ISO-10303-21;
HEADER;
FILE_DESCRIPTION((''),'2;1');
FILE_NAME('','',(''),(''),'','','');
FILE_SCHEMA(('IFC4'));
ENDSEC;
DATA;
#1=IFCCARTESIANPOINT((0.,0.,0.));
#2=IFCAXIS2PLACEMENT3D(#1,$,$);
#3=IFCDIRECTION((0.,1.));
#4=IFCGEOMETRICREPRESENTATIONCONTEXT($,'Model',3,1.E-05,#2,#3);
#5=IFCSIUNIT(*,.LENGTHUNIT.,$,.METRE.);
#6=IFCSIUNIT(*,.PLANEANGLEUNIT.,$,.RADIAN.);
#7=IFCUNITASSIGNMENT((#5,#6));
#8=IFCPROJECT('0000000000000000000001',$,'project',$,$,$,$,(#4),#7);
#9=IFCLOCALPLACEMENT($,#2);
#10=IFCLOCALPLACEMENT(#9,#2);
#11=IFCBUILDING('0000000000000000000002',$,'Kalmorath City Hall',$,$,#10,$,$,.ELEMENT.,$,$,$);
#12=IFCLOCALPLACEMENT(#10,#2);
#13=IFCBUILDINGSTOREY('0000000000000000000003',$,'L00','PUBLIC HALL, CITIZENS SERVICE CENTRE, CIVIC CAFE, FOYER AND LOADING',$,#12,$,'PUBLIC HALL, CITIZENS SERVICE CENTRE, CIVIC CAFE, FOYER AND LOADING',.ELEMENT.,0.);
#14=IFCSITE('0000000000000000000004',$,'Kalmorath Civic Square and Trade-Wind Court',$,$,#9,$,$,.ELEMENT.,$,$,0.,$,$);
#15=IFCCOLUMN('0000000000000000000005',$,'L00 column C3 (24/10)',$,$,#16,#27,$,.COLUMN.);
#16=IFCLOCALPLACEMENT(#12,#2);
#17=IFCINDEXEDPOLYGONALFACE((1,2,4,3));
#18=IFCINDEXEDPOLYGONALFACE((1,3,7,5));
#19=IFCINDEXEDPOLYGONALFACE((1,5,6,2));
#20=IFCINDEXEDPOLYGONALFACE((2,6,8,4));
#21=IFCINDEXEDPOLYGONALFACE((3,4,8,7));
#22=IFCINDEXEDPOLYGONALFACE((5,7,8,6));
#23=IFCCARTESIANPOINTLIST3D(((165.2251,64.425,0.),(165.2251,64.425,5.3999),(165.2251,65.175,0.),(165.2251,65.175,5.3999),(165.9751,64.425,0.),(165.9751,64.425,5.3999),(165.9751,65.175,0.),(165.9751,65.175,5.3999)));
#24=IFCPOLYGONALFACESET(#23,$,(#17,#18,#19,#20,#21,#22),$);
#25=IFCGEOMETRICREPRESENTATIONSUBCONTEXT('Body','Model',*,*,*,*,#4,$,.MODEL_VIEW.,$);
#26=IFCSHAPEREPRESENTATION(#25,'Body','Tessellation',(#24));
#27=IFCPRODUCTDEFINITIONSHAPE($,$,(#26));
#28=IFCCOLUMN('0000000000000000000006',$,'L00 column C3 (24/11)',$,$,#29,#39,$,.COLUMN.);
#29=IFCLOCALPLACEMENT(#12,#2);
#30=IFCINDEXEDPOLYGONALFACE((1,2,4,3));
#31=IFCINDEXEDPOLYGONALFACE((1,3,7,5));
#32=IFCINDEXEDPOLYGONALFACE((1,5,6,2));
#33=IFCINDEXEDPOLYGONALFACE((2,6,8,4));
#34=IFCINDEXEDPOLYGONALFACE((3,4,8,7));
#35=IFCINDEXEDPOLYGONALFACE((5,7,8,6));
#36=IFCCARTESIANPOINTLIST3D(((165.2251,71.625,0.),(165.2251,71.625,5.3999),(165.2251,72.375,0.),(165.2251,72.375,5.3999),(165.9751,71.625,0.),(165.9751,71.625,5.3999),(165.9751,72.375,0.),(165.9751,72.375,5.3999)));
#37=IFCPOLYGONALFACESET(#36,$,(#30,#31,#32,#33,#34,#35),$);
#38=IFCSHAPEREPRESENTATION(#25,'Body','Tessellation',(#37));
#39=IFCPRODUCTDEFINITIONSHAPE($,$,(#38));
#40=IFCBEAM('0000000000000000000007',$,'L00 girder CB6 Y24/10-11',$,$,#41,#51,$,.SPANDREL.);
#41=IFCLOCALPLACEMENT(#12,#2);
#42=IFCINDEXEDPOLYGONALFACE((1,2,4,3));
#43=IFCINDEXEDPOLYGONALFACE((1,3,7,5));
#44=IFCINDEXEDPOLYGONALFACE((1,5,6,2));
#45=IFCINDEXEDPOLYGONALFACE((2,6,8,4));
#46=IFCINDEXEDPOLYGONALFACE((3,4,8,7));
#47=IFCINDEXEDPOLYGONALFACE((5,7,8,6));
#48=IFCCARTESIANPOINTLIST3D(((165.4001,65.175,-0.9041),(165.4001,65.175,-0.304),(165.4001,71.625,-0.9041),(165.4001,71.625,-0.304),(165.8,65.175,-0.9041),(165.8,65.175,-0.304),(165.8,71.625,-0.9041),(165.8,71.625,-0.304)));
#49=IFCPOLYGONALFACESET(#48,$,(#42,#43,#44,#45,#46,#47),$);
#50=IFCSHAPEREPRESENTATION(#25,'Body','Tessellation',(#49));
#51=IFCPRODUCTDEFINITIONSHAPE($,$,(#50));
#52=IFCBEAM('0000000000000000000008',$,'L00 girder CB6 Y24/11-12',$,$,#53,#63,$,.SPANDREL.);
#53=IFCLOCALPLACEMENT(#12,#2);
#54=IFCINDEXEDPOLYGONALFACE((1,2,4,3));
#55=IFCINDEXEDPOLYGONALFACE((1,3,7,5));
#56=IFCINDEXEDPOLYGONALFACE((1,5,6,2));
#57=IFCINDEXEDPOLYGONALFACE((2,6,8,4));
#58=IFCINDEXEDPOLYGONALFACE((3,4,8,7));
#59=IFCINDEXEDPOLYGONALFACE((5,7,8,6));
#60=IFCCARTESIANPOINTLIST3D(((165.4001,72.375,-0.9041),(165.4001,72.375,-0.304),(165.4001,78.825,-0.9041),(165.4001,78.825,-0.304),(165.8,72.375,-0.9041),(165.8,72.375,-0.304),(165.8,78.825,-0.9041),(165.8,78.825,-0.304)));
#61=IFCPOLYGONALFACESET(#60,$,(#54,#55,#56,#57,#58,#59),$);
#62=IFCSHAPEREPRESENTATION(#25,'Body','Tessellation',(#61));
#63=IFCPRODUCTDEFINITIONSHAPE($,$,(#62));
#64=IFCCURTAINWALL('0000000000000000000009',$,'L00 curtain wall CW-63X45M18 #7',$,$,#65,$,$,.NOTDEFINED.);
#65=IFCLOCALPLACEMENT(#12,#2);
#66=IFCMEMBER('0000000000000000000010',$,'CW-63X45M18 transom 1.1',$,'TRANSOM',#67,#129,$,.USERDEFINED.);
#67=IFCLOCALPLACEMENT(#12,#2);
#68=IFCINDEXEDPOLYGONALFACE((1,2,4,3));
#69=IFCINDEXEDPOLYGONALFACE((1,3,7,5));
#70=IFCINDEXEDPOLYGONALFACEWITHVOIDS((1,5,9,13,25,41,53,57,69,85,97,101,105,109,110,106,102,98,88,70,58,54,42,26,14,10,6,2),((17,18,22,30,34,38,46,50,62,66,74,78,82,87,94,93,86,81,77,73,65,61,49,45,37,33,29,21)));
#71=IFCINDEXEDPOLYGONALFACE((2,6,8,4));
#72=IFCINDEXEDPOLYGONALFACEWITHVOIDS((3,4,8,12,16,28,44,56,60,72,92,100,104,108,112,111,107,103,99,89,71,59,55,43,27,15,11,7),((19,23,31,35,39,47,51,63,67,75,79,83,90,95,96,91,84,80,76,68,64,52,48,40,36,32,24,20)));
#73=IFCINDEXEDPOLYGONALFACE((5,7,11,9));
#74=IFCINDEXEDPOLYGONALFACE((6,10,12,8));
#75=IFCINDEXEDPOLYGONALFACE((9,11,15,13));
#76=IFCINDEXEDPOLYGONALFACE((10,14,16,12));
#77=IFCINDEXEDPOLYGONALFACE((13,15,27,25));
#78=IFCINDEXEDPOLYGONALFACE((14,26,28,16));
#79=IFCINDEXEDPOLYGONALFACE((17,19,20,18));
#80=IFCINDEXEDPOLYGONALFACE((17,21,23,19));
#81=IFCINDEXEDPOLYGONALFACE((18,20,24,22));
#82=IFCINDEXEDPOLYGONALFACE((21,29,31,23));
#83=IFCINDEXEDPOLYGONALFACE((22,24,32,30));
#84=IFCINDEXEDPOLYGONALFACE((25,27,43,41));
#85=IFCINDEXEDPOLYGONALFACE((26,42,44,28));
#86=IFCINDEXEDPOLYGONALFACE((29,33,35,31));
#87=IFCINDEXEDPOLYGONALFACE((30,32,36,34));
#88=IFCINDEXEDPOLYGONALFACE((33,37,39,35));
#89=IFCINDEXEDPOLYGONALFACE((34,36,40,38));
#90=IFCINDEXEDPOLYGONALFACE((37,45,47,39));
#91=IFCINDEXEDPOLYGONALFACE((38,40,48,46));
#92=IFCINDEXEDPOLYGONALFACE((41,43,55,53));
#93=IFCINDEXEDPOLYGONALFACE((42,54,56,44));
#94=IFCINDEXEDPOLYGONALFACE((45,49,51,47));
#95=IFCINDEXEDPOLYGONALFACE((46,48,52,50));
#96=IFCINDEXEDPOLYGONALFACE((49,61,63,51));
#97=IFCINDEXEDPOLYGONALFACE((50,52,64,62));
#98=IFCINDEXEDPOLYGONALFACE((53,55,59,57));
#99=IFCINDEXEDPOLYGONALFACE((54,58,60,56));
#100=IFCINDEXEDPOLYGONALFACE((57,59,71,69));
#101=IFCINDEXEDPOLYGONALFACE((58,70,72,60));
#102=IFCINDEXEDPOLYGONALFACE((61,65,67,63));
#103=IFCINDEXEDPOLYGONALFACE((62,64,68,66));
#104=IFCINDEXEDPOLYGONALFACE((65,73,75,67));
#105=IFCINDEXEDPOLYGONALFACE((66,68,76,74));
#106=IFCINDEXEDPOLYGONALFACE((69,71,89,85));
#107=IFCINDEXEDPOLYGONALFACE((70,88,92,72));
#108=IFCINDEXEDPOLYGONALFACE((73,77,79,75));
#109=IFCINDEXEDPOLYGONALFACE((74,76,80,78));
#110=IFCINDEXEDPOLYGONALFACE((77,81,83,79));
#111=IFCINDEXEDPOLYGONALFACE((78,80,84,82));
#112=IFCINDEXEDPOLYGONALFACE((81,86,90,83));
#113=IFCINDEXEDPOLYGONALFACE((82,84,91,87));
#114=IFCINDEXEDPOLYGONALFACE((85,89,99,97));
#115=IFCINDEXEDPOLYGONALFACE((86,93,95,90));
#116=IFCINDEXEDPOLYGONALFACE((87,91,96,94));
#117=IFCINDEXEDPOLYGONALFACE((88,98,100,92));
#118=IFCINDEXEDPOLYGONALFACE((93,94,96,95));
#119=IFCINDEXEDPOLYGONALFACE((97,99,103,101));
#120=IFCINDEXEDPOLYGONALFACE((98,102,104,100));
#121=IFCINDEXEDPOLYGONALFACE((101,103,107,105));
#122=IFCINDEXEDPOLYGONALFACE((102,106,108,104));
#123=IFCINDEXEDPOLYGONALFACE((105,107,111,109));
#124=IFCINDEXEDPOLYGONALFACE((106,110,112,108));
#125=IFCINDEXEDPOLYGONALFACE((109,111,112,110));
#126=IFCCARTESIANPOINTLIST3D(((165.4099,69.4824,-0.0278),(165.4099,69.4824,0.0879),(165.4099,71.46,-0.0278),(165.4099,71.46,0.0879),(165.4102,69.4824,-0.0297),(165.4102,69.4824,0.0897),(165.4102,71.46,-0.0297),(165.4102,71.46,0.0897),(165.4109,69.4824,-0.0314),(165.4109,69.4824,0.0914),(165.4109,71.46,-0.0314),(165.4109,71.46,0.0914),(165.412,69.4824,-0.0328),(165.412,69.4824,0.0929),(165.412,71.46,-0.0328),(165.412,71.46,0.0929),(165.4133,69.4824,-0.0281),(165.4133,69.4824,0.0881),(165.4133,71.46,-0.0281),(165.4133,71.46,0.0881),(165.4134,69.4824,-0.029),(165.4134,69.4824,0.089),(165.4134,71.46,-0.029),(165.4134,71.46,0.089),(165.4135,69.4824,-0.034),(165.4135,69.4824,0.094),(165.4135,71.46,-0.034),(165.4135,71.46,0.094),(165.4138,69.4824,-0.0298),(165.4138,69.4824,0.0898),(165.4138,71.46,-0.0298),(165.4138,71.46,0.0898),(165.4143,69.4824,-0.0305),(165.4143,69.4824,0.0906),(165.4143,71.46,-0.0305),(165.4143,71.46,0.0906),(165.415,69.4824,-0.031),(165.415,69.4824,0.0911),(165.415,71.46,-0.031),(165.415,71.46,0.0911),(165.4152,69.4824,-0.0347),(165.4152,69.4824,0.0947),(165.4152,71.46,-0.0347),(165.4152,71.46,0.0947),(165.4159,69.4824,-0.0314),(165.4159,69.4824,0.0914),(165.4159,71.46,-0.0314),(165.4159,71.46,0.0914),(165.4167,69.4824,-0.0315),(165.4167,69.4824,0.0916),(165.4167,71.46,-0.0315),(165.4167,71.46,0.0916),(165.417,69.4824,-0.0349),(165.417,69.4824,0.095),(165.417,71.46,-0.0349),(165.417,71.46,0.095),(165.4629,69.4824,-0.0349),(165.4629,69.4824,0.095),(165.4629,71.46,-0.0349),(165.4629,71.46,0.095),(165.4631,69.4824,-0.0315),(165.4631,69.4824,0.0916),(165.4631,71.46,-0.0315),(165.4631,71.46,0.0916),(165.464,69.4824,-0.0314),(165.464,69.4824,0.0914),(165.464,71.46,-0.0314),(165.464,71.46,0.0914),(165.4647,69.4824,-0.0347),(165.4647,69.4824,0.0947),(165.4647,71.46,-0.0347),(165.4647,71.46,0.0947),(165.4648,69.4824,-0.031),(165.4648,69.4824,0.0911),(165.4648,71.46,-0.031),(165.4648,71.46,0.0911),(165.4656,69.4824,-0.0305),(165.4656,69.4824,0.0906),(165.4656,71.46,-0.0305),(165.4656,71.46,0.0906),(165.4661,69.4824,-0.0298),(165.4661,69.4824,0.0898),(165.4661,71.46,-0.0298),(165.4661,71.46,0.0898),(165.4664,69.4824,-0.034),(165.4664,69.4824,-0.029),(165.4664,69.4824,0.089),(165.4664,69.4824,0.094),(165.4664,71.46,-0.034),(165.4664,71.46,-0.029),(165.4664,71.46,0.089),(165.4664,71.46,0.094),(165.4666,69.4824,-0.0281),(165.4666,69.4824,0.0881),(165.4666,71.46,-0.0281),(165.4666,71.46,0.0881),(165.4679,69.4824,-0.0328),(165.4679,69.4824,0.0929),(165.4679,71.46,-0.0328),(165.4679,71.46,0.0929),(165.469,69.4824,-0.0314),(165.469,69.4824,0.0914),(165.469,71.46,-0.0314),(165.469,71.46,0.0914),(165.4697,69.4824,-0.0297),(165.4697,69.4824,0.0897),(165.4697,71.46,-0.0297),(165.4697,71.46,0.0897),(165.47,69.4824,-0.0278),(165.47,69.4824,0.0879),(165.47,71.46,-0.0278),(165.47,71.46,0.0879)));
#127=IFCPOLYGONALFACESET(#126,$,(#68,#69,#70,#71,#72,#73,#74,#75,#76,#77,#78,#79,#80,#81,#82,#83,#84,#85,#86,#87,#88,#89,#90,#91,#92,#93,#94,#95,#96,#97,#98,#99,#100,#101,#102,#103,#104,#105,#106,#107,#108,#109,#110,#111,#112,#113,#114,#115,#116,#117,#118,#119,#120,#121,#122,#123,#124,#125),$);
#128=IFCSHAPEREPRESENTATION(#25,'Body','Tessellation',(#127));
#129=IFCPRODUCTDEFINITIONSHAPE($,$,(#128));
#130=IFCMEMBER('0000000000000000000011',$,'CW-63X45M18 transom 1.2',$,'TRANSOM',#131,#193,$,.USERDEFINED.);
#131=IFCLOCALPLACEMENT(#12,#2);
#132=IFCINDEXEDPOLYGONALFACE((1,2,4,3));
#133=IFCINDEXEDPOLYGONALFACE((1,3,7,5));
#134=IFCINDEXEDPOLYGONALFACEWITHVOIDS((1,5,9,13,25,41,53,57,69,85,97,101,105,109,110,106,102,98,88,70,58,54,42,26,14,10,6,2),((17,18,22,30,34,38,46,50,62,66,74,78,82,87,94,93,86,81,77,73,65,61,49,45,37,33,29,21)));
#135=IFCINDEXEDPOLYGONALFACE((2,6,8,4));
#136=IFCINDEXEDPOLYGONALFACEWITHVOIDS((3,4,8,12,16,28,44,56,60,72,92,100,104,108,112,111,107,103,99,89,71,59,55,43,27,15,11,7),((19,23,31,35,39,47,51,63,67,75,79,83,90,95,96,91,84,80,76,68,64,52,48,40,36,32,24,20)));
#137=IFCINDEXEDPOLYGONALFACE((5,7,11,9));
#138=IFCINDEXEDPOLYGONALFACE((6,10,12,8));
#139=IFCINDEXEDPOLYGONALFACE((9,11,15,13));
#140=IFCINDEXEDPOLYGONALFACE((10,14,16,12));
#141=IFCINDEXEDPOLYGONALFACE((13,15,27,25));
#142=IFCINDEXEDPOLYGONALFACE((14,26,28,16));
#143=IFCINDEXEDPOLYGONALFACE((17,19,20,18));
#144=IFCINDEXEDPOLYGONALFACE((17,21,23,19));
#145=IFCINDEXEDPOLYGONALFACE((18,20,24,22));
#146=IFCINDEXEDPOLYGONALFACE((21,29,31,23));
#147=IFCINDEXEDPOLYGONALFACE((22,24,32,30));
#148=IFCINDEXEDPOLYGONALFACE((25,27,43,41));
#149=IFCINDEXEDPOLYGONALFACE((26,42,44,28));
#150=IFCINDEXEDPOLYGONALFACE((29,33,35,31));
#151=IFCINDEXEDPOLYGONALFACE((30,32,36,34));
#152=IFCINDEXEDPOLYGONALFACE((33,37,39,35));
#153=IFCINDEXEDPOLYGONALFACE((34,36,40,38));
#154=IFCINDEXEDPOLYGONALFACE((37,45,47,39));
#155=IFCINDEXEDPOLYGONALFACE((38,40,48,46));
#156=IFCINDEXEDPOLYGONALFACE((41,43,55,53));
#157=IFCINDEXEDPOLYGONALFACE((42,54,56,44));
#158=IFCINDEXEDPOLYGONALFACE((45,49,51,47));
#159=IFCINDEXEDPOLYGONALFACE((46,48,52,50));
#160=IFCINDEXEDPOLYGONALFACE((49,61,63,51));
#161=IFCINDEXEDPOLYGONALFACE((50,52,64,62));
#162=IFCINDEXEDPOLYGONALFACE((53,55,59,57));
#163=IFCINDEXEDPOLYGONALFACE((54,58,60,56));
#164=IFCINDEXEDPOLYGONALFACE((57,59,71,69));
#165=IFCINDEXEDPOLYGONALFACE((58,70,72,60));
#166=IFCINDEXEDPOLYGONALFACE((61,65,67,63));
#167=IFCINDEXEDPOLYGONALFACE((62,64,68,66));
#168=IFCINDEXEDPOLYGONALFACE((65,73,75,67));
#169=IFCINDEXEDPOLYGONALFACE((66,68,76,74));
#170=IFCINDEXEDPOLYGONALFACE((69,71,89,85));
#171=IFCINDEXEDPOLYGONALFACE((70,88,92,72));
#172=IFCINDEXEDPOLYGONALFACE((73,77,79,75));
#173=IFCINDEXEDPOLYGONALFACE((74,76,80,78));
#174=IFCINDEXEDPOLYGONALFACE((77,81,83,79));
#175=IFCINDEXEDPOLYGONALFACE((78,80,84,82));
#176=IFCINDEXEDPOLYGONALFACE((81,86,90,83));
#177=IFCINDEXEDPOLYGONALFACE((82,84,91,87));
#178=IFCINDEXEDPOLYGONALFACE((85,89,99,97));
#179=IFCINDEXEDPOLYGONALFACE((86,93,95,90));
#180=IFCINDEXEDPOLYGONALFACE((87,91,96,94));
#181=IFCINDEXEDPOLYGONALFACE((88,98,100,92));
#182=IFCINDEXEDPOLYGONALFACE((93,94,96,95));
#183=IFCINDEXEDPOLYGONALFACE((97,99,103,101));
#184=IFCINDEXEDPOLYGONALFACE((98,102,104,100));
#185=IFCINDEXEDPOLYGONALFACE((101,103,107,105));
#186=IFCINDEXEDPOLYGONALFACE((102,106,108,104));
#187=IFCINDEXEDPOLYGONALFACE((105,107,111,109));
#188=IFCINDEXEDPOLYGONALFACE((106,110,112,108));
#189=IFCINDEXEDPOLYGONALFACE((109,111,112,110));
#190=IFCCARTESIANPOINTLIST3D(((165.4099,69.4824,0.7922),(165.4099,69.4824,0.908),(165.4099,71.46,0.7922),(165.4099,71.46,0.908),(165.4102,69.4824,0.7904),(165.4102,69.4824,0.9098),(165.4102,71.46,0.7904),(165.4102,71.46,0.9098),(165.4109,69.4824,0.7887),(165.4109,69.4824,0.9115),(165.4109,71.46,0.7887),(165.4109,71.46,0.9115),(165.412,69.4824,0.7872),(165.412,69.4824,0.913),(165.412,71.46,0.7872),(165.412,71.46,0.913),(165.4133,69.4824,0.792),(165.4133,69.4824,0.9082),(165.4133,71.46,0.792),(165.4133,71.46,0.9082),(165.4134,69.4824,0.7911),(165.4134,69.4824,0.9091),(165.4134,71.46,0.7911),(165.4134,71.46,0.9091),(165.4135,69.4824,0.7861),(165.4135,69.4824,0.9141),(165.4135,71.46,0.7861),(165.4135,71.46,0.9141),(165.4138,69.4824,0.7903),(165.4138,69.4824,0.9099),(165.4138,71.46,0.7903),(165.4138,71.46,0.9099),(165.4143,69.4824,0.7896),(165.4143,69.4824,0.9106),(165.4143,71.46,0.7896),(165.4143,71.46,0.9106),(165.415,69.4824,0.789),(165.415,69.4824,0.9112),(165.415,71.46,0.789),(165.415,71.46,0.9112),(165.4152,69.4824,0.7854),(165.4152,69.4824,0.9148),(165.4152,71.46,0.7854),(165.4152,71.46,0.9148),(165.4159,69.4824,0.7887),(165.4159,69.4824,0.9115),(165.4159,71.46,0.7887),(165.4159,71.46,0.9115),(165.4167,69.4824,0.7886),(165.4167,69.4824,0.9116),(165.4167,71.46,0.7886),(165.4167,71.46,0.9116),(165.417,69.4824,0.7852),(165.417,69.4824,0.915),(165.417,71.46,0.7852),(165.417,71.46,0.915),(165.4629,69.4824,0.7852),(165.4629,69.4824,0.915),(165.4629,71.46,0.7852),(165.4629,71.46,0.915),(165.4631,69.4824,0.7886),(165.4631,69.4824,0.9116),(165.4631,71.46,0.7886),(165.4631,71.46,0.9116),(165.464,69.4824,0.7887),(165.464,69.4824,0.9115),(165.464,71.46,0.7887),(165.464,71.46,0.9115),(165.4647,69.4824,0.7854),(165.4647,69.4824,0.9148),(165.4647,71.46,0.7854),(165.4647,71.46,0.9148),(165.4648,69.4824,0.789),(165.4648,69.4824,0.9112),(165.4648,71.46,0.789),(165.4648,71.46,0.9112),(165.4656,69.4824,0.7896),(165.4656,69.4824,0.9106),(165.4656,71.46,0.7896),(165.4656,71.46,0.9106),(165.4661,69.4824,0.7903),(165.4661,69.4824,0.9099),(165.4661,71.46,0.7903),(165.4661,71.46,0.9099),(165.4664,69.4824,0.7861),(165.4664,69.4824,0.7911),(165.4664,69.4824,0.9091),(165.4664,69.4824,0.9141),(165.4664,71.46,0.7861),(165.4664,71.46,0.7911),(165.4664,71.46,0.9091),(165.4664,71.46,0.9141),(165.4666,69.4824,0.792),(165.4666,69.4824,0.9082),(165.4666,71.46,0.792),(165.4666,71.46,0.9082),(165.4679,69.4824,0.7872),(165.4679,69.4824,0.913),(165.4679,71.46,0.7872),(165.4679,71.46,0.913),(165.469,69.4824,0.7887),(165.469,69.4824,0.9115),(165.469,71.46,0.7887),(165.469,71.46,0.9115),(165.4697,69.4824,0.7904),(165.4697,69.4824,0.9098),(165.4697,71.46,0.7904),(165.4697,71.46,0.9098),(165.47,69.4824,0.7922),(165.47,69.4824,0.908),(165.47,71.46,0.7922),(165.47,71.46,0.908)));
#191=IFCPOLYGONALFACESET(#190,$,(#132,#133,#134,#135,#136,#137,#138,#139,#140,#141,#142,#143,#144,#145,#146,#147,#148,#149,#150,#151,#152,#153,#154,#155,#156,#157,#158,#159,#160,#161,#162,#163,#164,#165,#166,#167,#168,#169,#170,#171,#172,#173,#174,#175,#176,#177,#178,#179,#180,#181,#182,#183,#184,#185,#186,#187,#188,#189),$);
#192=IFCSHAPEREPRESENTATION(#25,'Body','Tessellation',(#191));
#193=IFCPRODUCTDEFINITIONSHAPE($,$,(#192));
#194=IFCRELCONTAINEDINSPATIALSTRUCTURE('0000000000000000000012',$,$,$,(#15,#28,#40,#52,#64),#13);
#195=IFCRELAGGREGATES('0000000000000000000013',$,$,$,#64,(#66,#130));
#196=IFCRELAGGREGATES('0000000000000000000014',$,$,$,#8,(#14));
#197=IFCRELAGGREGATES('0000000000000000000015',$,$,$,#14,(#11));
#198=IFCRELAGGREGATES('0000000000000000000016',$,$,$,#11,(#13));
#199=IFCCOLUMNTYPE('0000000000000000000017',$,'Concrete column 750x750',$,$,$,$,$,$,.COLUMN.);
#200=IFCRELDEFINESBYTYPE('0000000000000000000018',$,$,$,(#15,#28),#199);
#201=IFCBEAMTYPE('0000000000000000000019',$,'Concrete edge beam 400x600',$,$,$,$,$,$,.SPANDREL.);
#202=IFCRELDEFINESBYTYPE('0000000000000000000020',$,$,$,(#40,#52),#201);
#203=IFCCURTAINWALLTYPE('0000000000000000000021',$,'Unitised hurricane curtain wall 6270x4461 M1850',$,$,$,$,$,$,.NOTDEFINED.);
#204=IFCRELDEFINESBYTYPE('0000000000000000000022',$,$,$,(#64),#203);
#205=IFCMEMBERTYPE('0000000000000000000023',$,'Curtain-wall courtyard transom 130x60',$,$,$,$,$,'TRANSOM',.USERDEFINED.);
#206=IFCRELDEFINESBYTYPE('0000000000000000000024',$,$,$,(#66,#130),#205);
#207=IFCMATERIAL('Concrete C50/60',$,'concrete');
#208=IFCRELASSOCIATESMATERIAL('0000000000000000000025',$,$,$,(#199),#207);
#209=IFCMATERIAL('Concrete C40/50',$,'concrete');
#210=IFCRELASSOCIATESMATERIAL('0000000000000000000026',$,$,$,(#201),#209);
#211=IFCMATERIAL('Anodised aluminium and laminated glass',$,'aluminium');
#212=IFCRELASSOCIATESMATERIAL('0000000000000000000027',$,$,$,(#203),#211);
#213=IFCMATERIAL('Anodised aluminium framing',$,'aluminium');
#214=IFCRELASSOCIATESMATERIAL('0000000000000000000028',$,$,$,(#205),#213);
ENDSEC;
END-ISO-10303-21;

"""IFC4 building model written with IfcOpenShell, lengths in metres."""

from ifc_helpers import new_model, si_unit, direction, frame, origin, origin_2d, place, context, subcontext, project, spatial, rectangle, hollow_rectangle, extrude, material, material_profile, profile_set, type_object, element, aggregate, save


model = new_model("IFC4")

# Units and contexts
model_context = context("Model", 3, precision=1e-05, world=origin(), true_north=direction((0.0, 1.0)))
body_context = subcontext(model_context, "Body", "Model", "MODEL_VIEW")
ifc_project = project(units=[si_unit("LENGTHUNIT", "METRE"), si_unit("PLANEANGLEUNIT", "RADIAN")], contexts=[model_context])

# Site, building, storey
site_placement = place(None, origin())
site = spatial("IfcSite", under=ifc_project, at=site_placement, Name="Kalmorath Civic Square and Trade-Wind Court", CompositionType="ELEMENT", RefElevation=0.0)
building_placement = place(site_placement, origin())
building = spatial("IfcBuilding", under=site, at=building_placement, Name="Kalmorath City Hall", CompositionType="ELEMENT")
storey_placement = place(building_placement, origin())
storey = spatial("IfcBuildingStorey", under=building, at=storey_placement, Name="L00", Description="PUBLIC HALL, CITIZENS SERVICE CENTRE, CIVIC CAFE, FOYER AND LOADING", LongName="PUBLIC HALL, CITIZENS SERVICE CENTRE, CIVIC CAFE, FOYER AND LOADING", CompositionType="ELEMENT", Elevation=0.0)

# Columns
ifc_material_1 = material(Name="Concrete C50/60", Category="concrete")
ifc_material_profile_1 = material_profile(ifc_material_1, rectangle(XDim=0.75, YDim=0.75, at=origin_2d()), Name="RC-COL-750X750")
ifc_profile_set_1 = profile_set([ifc_material_profile_1], Name="Concrete C50/60")
column_type = type_object("IfcColumnType", Name="Concrete column 750x750", PredefinedType="COLUMN", material=ifc_profile_set_1)
for number, where, z_axis, x_axis, name in (
    (1, (165.6001, 64.8, 0.0), (0.0, 0.0, 1.0), (1.0, 0.0, 0.0), "L00 column C3 (24/10)"),
    (2, (165.6001, 72.0, 0.0), (0.0, 0.0, 1.0), (1.0, 0.0, 0.0), "L00 column C3 (24/11)"),
):
    element("IfcColumn", number, at=place(storey_placement, frame(where, z_axis=z_axis, x_axis=x_axis)), inside=storey, type_object=column_type, Name=name, PredefinedType="COLUMN", context=body_context, shape_type="SweptSolid", body=[
        extrude(rectangle(XDim=0.75, YDim=0.75, at=origin_2d()), origin(), (0.0, 0.0, 1.0), 5.3999),
    ])

# Beams
ifc_material_2 = material(Name="Concrete C40/50", Category="concrete")
ifc_material_profile_2 = material_profile(ifc_material_2, rectangle(XDim=0.3999, YDim=0.6001, at=origin_2d()), Name="RC-BM-400X600")
ifc_profile_set_2 = profile_set([ifc_material_profile_2], Name="Concrete C40/50")
beam_type = type_object("IfcBeamType", Name="Concrete edge beam 400x600", PredefinedType="SPANDREL", material=ifc_profile_set_2)
for number, where, z_axis, x_axis, name in (
    (3, (165.6001, 65.175, -0.604), (0.0, 1.0, 0.0), (-1.0, 0.0, 0.0), "L00 girder CB6 Y24/10-11"),
    (4, (165.6001, 72.375, -0.604), (0.0, 1.0, 0.0), (-1.0, 0.0, 0.0), "L00 girder CB6 Y24/11-12"),
):
    element("IfcBeam", number, at=place(storey_placement, frame(where, z_axis=z_axis, x_axis=x_axis)), inside=storey, type_object=beam_type, Name=name, PredefinedType="SPANDREL", context=body_context, shape_type="SweptSolid", body=[
        extrude(rectangle(XDim=0.3999, YDim=0.6001, at=origin_2d()), origin(), (0.0, 0.0, 1.0), 6.45),
    ])

# Curtain wall, members
ifc_material_3 = material(Name="Anodised aluminium and laminated glass", Category="aluminium")
curtain_wall_type = type_object("IfcCurtainWallType", Name="Unitised hurricane curtain wall 6270x4461 M1850", PredefinedType="NOTDEFINED", material=ifc_material_3)
curtain_wall_placement = place(storey_placement, origin())
curtain_wall = element("IfcCurtainWall", 5, at=curtain_wall_placement, inside=storey, type_object=curtain_wall_type, Name="L00 curtain wall CW-63X45M18 #7", PredefinedType="NOTDEFINED")
ifc_material_4 = material(Name="Anodised aluminium framing", Category="aluminium")
ifc_material_profile_3 = material_profile(ifc_material_4, hollow_rectangle(XDim=0.0601, YDim=0.1299, WallThickness=0.0034, InnerFilletRadius=0.0034, OuterFilletRadius=0.0071, at=origin_2d()), Name="ALU-TRN-130X60X3.5")
ifc_profile_set_3 = profile_set([ifc_material_profile_3], Name="Anodised aluminium framing")
member_type_1 = type_object("IfcMemberType", Name="Curtain-wall courtyard transom 130x60", ElementType="TRANSOM", PredefinedType="USERDEFINED", material=ifc_profile_set_3)
member_1_placement = place(storey_placement, frame((165.4399, 71.46, 0.03), z_axis=(0.0, -1.0, 0.0), x_axis=(1.0, 0.0, 0.0)))
member_1 = element("IfcMember", 6, at=member_1_placement, type_object=member_type_1, Name="CW-63X45M18 transom 1.1", ObjectType="TRANSOM", PredefinedType="USERDEFINED", context=body_context, shape_type="SweptSolid", body=[
    extrude(hollow_rectangle(XDim=0.0601, YDim=0.1299, WallThickness=0.0034, InnerFilletRadius=0.0034, OuterFilletRadius=0.0071, at=origin_2d()), origin(), (0.0, 0.0, 1.0), 1.9775),
])
member_2_placement = place(storey_placement, frame((165.4399, 71.46, 0.8501), z_axis=(0.0, -1.0, 0.0), x_axis=(1.0, 0.0, 0.0)))
member_2 = element("IfcMember", 7, at=member_2_placement, type_object=member_type_1, Name="CW-63X45M18 transom 1.2", ObjectType="TRANSOM", PredefinedType="USERDEFINED", context=body_context, shape_type="SweptSolid", body=[
    extrude(hollow_rectangle(XDim=0.0601, YDim=0.1299, WallThickness=0.0034, InnerFilletRadius=0.0034, OuterFilletRadius=0.0071, at=origin_2d()), origin(), (0.0, 0.0, 1.0), 1.9775),
])
aggregate(curtain_wall, [member_1, member_2])

save(model, "model.ifc")
